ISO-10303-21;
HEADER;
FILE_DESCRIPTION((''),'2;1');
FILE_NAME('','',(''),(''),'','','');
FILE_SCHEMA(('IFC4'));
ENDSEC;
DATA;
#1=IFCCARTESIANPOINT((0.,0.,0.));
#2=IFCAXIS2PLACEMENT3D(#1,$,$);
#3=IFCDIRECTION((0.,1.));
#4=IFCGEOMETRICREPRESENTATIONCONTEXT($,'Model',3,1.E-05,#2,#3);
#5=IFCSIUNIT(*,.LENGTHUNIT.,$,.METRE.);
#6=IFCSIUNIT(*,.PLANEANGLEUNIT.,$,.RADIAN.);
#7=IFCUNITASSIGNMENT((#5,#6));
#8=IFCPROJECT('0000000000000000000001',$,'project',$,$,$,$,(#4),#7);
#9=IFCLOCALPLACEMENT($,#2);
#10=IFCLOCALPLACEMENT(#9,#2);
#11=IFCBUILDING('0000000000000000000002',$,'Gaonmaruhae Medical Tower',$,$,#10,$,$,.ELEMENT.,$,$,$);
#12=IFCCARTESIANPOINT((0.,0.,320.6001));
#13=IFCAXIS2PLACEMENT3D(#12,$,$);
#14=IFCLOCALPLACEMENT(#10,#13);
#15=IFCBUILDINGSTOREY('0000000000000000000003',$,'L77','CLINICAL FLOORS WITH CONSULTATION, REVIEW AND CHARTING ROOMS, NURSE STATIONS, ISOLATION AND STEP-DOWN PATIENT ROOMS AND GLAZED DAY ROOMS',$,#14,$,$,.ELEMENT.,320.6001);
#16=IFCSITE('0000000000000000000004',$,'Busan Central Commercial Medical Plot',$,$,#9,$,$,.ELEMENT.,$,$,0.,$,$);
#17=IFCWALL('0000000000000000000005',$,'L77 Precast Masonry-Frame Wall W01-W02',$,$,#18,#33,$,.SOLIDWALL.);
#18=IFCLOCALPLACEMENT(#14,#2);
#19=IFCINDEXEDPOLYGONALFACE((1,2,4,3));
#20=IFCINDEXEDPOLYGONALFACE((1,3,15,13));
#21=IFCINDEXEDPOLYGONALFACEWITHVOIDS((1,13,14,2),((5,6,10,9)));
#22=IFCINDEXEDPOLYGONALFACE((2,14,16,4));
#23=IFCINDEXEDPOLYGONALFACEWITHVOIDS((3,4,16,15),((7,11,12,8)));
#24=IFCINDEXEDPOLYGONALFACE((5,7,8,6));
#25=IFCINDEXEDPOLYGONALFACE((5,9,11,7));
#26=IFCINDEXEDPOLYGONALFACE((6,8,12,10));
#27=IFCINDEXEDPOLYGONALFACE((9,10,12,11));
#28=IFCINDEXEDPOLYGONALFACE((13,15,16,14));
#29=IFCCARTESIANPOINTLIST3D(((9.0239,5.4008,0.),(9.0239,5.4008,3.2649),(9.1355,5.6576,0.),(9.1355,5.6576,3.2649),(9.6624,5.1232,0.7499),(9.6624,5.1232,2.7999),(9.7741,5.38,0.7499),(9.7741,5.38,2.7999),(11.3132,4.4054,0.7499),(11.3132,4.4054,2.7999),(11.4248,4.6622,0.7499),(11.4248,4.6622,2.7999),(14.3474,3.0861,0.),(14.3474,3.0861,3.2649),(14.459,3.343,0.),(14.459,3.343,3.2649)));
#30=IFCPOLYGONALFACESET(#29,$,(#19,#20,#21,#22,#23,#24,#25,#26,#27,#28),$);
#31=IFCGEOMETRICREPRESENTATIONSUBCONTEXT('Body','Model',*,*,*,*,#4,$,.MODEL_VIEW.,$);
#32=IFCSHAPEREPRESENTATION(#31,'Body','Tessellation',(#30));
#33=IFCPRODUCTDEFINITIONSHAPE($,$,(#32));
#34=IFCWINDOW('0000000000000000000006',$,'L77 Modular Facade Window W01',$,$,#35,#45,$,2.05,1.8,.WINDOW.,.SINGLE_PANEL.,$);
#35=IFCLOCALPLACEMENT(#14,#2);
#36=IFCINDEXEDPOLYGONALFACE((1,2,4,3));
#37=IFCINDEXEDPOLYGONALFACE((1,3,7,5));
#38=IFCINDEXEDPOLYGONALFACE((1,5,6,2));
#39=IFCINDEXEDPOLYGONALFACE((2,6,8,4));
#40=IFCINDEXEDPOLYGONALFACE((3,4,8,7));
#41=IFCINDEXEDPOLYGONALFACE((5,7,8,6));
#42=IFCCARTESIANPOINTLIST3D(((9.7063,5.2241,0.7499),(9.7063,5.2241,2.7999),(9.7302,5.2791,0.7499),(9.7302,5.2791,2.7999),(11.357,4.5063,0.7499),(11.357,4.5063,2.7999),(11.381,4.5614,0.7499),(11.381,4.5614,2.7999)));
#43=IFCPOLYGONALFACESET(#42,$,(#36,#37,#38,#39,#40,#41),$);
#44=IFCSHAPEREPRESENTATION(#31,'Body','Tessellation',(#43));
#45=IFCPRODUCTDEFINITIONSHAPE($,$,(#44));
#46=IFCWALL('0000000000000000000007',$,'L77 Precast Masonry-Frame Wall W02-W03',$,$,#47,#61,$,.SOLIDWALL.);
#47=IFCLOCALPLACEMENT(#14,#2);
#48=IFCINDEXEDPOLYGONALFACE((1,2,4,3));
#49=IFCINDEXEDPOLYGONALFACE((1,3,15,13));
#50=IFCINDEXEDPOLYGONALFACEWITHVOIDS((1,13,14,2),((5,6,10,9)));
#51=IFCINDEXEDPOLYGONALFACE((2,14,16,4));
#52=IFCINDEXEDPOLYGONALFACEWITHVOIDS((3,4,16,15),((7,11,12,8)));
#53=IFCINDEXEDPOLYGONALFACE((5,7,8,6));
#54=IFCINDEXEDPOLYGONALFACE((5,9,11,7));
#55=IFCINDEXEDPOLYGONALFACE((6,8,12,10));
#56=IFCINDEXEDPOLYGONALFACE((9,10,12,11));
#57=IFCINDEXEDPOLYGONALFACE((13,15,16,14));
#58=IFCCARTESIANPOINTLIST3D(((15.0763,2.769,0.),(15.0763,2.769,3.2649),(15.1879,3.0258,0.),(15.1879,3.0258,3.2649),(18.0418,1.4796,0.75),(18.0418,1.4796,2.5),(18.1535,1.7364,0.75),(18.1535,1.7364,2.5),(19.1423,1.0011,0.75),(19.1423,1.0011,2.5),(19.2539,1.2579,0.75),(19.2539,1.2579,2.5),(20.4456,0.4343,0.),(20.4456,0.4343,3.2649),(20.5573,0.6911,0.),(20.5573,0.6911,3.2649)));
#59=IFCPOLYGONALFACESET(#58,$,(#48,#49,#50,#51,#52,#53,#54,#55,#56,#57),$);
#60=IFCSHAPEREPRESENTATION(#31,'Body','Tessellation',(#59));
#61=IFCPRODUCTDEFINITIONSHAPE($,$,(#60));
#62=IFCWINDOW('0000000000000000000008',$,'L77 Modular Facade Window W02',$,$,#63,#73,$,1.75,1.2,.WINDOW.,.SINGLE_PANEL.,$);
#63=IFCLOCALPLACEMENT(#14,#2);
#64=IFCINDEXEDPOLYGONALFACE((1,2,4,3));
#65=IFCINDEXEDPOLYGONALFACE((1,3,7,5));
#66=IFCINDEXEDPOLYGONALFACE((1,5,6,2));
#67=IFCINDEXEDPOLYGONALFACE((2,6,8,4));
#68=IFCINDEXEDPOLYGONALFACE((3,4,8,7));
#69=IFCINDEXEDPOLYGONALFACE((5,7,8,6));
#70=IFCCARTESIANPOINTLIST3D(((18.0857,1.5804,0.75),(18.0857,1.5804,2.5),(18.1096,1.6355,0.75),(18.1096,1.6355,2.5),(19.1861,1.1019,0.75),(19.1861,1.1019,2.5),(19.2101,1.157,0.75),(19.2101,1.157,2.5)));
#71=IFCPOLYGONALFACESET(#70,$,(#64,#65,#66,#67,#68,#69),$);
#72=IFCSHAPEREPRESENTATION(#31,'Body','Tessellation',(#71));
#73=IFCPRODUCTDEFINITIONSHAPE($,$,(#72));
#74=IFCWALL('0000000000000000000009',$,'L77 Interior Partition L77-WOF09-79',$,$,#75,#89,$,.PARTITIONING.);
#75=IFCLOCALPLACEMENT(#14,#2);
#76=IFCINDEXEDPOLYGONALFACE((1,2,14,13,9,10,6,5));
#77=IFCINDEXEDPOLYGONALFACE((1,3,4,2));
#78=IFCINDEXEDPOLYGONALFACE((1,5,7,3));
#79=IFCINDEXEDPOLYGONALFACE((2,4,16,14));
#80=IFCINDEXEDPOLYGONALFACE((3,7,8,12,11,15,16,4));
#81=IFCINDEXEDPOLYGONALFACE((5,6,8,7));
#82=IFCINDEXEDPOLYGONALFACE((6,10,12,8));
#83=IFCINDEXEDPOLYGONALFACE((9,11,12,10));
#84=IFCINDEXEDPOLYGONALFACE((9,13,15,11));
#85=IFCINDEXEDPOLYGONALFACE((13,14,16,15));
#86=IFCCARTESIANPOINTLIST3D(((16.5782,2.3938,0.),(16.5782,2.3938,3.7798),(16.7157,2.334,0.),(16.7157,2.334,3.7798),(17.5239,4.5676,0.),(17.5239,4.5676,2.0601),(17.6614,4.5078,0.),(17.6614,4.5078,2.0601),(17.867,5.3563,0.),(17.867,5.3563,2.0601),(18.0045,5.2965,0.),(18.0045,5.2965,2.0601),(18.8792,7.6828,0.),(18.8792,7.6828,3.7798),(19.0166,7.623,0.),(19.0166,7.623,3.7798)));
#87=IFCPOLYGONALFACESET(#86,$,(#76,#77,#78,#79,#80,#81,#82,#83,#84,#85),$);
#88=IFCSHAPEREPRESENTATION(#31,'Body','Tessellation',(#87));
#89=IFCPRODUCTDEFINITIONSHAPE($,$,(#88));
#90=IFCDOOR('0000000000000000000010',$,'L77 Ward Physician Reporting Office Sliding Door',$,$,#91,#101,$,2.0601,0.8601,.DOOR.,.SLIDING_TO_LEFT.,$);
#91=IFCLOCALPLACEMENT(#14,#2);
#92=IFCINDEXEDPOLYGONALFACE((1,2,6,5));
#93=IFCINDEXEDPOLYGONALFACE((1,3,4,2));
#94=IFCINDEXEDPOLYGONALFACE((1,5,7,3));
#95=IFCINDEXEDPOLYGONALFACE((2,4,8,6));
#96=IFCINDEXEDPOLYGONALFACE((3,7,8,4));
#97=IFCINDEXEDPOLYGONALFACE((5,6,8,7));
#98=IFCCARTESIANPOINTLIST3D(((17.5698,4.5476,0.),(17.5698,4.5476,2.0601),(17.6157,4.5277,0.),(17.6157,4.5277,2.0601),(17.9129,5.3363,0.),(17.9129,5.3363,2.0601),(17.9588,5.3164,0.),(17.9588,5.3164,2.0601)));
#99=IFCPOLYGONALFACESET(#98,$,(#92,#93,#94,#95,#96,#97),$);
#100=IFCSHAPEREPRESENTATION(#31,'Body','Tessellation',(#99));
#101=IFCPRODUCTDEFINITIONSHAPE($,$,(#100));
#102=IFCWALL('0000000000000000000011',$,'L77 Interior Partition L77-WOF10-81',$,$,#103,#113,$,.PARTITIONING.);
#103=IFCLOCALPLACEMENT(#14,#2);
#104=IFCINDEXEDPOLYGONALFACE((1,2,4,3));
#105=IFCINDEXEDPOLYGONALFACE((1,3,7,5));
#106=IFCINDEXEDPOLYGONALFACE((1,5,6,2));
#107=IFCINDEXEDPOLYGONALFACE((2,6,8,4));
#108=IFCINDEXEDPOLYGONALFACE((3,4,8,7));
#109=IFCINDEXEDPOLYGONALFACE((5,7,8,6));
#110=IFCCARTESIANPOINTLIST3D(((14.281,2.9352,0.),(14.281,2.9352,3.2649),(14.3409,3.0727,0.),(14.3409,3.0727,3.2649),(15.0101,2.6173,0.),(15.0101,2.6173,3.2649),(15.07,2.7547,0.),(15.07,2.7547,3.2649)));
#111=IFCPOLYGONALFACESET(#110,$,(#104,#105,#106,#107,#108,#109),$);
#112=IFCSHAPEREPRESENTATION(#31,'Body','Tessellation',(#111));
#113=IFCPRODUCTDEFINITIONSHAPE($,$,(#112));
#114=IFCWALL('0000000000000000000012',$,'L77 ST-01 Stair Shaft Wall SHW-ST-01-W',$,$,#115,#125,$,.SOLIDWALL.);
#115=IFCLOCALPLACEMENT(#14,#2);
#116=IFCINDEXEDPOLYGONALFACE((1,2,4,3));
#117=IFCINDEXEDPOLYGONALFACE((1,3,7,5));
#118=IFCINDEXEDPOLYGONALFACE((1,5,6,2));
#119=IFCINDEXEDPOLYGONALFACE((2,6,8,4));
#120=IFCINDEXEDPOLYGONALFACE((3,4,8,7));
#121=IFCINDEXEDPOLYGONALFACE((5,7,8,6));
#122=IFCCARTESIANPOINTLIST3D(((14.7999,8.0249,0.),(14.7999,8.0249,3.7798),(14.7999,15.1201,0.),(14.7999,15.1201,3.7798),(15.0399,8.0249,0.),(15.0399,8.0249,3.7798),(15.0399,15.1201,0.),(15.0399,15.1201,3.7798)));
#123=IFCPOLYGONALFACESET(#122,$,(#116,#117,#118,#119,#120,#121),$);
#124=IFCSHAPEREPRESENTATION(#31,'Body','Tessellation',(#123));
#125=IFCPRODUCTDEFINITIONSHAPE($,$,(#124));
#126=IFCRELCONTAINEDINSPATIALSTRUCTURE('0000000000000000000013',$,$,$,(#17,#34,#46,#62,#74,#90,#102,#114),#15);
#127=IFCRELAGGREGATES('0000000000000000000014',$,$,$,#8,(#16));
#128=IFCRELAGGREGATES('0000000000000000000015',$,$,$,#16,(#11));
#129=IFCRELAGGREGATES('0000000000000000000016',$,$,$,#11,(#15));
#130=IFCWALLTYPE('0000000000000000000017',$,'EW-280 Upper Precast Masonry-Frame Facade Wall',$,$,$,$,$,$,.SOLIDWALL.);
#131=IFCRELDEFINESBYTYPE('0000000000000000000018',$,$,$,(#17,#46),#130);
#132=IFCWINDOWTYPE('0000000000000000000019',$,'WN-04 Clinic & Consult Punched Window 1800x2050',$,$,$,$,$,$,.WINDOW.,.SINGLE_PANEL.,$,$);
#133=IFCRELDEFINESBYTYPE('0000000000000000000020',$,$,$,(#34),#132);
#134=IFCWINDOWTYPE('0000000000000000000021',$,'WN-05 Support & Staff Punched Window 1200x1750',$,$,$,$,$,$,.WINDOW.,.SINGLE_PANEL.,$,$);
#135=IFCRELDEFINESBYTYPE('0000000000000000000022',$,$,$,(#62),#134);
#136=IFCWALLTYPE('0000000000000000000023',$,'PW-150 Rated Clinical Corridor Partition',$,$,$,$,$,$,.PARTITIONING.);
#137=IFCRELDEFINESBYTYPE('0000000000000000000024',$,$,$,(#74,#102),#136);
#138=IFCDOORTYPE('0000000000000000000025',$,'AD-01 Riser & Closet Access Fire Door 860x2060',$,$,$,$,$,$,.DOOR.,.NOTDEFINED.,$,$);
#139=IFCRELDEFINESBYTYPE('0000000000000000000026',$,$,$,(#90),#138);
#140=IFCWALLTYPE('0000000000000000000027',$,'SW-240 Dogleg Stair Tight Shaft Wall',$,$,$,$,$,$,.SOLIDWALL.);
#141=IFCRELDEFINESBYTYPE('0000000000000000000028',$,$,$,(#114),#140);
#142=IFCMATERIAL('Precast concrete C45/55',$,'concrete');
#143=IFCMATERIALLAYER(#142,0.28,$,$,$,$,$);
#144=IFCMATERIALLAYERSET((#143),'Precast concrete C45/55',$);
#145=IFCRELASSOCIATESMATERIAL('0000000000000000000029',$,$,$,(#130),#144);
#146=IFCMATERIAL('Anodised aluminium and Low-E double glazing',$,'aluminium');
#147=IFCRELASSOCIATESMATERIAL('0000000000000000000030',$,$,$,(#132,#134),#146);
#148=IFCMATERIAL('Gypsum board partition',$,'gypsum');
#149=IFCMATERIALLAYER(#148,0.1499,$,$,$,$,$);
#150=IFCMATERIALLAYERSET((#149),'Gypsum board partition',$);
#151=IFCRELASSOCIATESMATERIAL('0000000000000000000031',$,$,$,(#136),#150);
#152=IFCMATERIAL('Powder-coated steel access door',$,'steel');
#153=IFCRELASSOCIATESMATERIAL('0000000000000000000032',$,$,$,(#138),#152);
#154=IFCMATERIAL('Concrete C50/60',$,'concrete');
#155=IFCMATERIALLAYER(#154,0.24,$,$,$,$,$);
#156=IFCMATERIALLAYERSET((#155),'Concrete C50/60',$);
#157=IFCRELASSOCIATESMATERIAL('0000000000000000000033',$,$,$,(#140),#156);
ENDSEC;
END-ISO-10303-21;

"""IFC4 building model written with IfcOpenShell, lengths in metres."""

from ifc_helpers import new_model, si_unit, direction, frame, frame_2d, origin, place, context, subcontext, project, spatial, rectangle, extrude, material, layer, layer_set, type_object, element, fill, save


model = new_model("IFC4")

# Units and contexts
model_context = context("Model", 3, precision=1e-05, world=origin(), true_north=direction((0.0, 1.0)))
body_context = subcontext(model_context, "Body", "Model", "MODEL_VIEW")
ifc_project = project(units=[si_unit("LENGTHUNIT", "METRE"), si_unit("PLANEANGLEUNIT", "RADIAN")], contexts=[model_context])

# Site, building, storey
site_placement = place(None, origin())
site = spatial("IfcSite", under=ifc_project, at=site_placement, Name="Busan Central Commercial Medical Plot", CompositionType="ELEMENT", RefElevation=0.0)
building_placement = place(site_placement, origin())
building = spatial("IfcBuilding", under=site, at=building_placement, Name="Gaonmaruhae Medical Tower", CompositionType="ELEMENT")
storey_placement = place(building_placement, frame((0.0, 0.0, 320.6001)))
storey = spatial("IfcBuildingStorey", under=building, at=storey_placement, Name="L77", Description="CLINICAL FLOORS WITH CONSULTATION, REVIEW AND CHARTING ROOMS, NURSE STATIONS, ISOLATION AND STEP-DOWN PATIENT ROOMS AND GLAZED DAY ROOMS", CompositionType="ELEMENT", Elevation=320.6001)

# Shared definitions
ifc_material_1 = material(Name="Concrete C50/60", Category="concrete")

# Walls, openings, windows
ifc_material_2 = material(Name="Precast concrete C45/55", Category="concrete")
ifc_layer_1 = layer(ifc_material_2, 0.28)
ifc_layer_set_1 = layer_set([ifc_layer_1], Name="Precast concrete C45/55")
wall_type_1 = type_object("IfcWallType", Name="EW-280 Upper Precast Masonry-Frame Facade Wall", PredefinedType="SOLIDWALL", material=ifc_layer_set_1)
wall_1_placement = place(storey_placement, frame((14.4031, 3.2146, 0.0), z_axis=(0.0, 0.0, 1.0), x_axis=(-0.917061, 0.398746, 0.0)))
wall_1 = element("IfcWall", 1, at=wall_1_placement, inside=storey, type_object=wall_type_1, Name="L77 Precast Masonry-Frame Wall W01-W02", PredefinedType="SOLIDWALL", context=body_context, shape_type="SweptSolid", body=[
    extrude(rectangle(XDim=5.8049, YDim=0.28, at=frame_2d((2.9023, 0.0))), origin(), (0.0, 0.0, 1.0), 3.2649),
])
opening_1_placement = place(wall_1_placement, frame((3.3086, 0.0, 0.75)))
opening_1 = element("IfcOpeningElement", 2, at=opening_1_placement, cuts=wall_1, PredefinedType="OPENING", context=body_context, shape_type="SweptSolid", body=[
    extrude(rectangle(XDim=1.8, YDim=2.05, at=frame_2d((0.8999, 1.0249))), frame((0.0, 0.1499, 0.0), z_axis=(0.0, -1.0, 0.0), x_axis=(1.0, 0.0, 0.0)), (0.0, 0.0, 1.0), 0.3),
])
ifc_material_3 = material(Name="Anodised aluminium and Low-E double glazing", Category="aluminium")
window_type_1 = type_object("IfcWindowType", Name="WN-04 Clinic & Consult Punched Window 1800x2050", PartitioningType="SINGLE_PANEL", PredefinedType="WINDOW", material=ifc_material_3)
window_1_placement = place(opening_1_placement, origin())
window_1 = element("IfcWindow", 3, at=window_1_placement, inside=storey, type_object=window_type_1, Name="L77 Modular Facade Window W01", OverallHeight=2.05, OverallWidth=1.8, PartitioningType="SINGLE_PANEL", PredefinedType="WINDOW", context=body_context, shape_type="SweptSolid", body=[
    extrude(rectangle(XDim=1.8, YDim=2.05, at=frame_2d((0.8999, 1.0249))), frame((0.0, 0.03, 0.0), z_axis=(0.0, -1.0, 0.0), x_axis=(1.0, 0.0, 0.0)), (0.0, 0.0, 1.0), 0.0601),
])
fill(opening_1, window_1)
wall_2_placement = place(storey_placement, frame((20.5015, 0.5627, 0.0), z_axis=(0.0, 0.0, 1.0), x_axis=(-0.917057, 0.398755, 0.0)))
wall_2 = element("IfcWall", 4, at=wall_2_placement, inside=storey, type_object=wall_type_1, Name="L77 Precast Masonry-Frame Wall W02-W03", PredefinedType="SOLIDWALL", context=body_context, shape_type="SweptSolid", body=[
    extrude(rectangle(XDim=5.855, YDim=0.28, at=frame_2d((2.9275, 0.0))), origin(), (0.0, 0.0, 1.0), 3.2649),
])
opening_2_placement = place(wall_2_placement, frame((1.4211, 0.0, 0.75)))
opening_2 = element("IfcOpeningElement", 5, at=opening_2_placement, cuts=wall_2, PredefinedType="OPENING", context=body_context, shape_type="SweptSolid", body=[
    extrude(rectangle(XDim=1.2, YDim=1.75, at=frame_2d((0.6001, 0.875))), frame((0.0, 0.1499, 0.0), z_axis=(0.0, -1.0, 0.0), x_axis=(1.0, 0.0, 0.0)), (0.0, 0.0, 1.0), 0.3),
])
window_type_2 = type_object("IfcWindowType", Name="WN-05 Support & Staff Punched Window 1200x1750", PartitioningType="SINGLE_PANEL", PredefinedType="WINDOW", material=ifc_material_3)
window_2_placement = place(opening_2_placement, origin())
window_2 = element("IfcWindow", 6, at=window_2_placement, inside=storey, type_object=window_type_2, Name="L77 Modular Facade Window W02", OverallHeight=1.75, OverallWidth=1.2, PartitioningType="SINGLE_PANEL", PredefinedType="WINDOW", context=body_context, shape_type="SweptSolid", body=[
    extrude(rectangle(XDim=1.2, YDim=1.75, at=frame_2d((0.6001, 0.875))), frame((0.0, 0.03, 0.0), z_axis=(0.0, -1.0, 0.0), x_axis=(1.0, 0.0, 0.0)), (0.0, 0.0, 1.0), 0.0601),
])
fill(opening_2, window_2)

# Wall, opening, door
ifc_material_4 = material(Name="Gypsum board partition", Category="gypsum")
ifc_layer_2 = layer(ifc_material_4, 0.1499)
ifc_layer_set_2 = layer_set([ifc_layer_2], Name="Gypsum board partition")
wall_type_2 = type_object("IfcWallType", Name="PW-150 Rated Clinical Corridor Partition", PredefinedType="PARTITIONING", material=ifc_layer_set_2)
wall_3_placement = place(storey_placement, frame((16.647, 2.364, 0.0), z_axis=(0.0, 0.0, 1.0), x_axis=(0.398935, 0.916979, 0.0)))
wall_3 = element("IfcWall", 7, at=wall_3_placement, inside=storey, type_object=wall_type_2, Name="L77 Interior Partition L77-WOF09-79", PredefinedType="PARTITIONING", context=body_context, shape_type="SweptSolid", body=[
    extrude(rectangle(XDim=5.7678, YDim=0.1499, at=frame_2d((2.8838, 0.0))), origin(), (0.0, 0.0, 1.0), 3.7798),
])
opening_3_placement = place(wall_3_placement, frame((2.3704, 0.0, 0.0)))
opening_3 = element("IfcOpeningElement", 8, at=opening_3_placement, cuts=wall_3, PredefinedType="OPENING", context=body_context, shape_type="SweptSolid", body=[
    extrude(rectangle(XDim=0.8601, YDim=2.0601, at=frame_2d((0.4302, 1.03))), frame((0.0, 0.085, 0.0), z_axis=(0.0, -1.0, 0.0), x_axis=(1.0, 0.0, 0.0)), (0.0, 0.0, 1.0), 0.1699),
])
ifc_material_5 = material(Name="Powder-coated steel access door", Category="steel")
door_type_1 = type_object("IfcDoorType", Name="AD-01 Riser & Closet Access Fire Door 860x2060", OperationType="NOTDEFINED", PredefinedType="DOOR", material=ifc_material_5)
door_1_placement = place(opening_3_placement, origin())
door_1 = element("IfcDoor", 9, at=door_1_placement, inside=storey, type_object=door_type_1, Name="L77 Ward Physician Reporting Office Sliding Door", OperationType="SLIDING_TO_LEFT", OverallHeight=2.0601, OverallWidth=0.8601, PredefinedType="DOOR", context=body_context, shape_type="SweptSolid", body=[
    extrude(rectangle(XDim=0.8601, YDim=2.0601, at=frame_2d((0.4302, 1.03))), frame((0.0, 0.0249, 0.0), z_axis=(0.0, -1.0, 0.0), x_axis=(1.0, 0.0, 0.0)), (0.0, 0.0, 1.0), 0.05),
])
fill(opening_3, door_1)

# Walls
wall_4_placement = place(storey_placement, frame((15.04, 2.686, 0.0), z_axis=(0.0, 0.0, 1.0), x_axis=(-0.91665, 0.399691, 0.0)))
element("IfcWall", 10, at=wall_4_placement, inside=storey, type_object=wall_type_2, Name="L77 Interior Partition L77-WOF10-81", PredefinedType="PARTITIONING", context=body_context, shape_type="SweptSolid", body=[
    extrude(rectangle(XDim=0.7954, YDim=0.1499, at=frame_2d((0.3977, 0.0))), origin(), (0.0, 0.0, 1.0), 3.2649),
])
ifc_layer_3 = layer(ifc_material_1, 0.24)
ifc_layer_set_3 = layer_set([ifc_layer_3], Name="Concrete C50/60")
wall_type_3 = type_object("IfcWallType", Name="SW-240 Dogleg Stair Tight Shaft Wall", PredefinedType="SOLIDWALL", material=ifc_layer_set_3)
wall_5_placement = place(storey_placement, frame((14.9199, 8.0249, 0.0), z_axis=(0.0, 0.0, 1.0), x_axis=(0.0, 1.0, 0.0)))
element("IfcWall", 11, at=wall_5_placement, inside=storey, type_object=wall_type_3, Name="L77 ST-01 Stair Shaft Wall SHW-ST-01-W", PredefinedType="SOLIDWALL", context=body_context, shape_type="SweptSolid", body=[
    extrude(rectangle(XDim=7.0952, YDim=0.24, at=frame_2d((3.5476, 0.0))), origin(), (0.0, 0.0, 1.0), 3.7798),
])

save(model, "model.ifc")
